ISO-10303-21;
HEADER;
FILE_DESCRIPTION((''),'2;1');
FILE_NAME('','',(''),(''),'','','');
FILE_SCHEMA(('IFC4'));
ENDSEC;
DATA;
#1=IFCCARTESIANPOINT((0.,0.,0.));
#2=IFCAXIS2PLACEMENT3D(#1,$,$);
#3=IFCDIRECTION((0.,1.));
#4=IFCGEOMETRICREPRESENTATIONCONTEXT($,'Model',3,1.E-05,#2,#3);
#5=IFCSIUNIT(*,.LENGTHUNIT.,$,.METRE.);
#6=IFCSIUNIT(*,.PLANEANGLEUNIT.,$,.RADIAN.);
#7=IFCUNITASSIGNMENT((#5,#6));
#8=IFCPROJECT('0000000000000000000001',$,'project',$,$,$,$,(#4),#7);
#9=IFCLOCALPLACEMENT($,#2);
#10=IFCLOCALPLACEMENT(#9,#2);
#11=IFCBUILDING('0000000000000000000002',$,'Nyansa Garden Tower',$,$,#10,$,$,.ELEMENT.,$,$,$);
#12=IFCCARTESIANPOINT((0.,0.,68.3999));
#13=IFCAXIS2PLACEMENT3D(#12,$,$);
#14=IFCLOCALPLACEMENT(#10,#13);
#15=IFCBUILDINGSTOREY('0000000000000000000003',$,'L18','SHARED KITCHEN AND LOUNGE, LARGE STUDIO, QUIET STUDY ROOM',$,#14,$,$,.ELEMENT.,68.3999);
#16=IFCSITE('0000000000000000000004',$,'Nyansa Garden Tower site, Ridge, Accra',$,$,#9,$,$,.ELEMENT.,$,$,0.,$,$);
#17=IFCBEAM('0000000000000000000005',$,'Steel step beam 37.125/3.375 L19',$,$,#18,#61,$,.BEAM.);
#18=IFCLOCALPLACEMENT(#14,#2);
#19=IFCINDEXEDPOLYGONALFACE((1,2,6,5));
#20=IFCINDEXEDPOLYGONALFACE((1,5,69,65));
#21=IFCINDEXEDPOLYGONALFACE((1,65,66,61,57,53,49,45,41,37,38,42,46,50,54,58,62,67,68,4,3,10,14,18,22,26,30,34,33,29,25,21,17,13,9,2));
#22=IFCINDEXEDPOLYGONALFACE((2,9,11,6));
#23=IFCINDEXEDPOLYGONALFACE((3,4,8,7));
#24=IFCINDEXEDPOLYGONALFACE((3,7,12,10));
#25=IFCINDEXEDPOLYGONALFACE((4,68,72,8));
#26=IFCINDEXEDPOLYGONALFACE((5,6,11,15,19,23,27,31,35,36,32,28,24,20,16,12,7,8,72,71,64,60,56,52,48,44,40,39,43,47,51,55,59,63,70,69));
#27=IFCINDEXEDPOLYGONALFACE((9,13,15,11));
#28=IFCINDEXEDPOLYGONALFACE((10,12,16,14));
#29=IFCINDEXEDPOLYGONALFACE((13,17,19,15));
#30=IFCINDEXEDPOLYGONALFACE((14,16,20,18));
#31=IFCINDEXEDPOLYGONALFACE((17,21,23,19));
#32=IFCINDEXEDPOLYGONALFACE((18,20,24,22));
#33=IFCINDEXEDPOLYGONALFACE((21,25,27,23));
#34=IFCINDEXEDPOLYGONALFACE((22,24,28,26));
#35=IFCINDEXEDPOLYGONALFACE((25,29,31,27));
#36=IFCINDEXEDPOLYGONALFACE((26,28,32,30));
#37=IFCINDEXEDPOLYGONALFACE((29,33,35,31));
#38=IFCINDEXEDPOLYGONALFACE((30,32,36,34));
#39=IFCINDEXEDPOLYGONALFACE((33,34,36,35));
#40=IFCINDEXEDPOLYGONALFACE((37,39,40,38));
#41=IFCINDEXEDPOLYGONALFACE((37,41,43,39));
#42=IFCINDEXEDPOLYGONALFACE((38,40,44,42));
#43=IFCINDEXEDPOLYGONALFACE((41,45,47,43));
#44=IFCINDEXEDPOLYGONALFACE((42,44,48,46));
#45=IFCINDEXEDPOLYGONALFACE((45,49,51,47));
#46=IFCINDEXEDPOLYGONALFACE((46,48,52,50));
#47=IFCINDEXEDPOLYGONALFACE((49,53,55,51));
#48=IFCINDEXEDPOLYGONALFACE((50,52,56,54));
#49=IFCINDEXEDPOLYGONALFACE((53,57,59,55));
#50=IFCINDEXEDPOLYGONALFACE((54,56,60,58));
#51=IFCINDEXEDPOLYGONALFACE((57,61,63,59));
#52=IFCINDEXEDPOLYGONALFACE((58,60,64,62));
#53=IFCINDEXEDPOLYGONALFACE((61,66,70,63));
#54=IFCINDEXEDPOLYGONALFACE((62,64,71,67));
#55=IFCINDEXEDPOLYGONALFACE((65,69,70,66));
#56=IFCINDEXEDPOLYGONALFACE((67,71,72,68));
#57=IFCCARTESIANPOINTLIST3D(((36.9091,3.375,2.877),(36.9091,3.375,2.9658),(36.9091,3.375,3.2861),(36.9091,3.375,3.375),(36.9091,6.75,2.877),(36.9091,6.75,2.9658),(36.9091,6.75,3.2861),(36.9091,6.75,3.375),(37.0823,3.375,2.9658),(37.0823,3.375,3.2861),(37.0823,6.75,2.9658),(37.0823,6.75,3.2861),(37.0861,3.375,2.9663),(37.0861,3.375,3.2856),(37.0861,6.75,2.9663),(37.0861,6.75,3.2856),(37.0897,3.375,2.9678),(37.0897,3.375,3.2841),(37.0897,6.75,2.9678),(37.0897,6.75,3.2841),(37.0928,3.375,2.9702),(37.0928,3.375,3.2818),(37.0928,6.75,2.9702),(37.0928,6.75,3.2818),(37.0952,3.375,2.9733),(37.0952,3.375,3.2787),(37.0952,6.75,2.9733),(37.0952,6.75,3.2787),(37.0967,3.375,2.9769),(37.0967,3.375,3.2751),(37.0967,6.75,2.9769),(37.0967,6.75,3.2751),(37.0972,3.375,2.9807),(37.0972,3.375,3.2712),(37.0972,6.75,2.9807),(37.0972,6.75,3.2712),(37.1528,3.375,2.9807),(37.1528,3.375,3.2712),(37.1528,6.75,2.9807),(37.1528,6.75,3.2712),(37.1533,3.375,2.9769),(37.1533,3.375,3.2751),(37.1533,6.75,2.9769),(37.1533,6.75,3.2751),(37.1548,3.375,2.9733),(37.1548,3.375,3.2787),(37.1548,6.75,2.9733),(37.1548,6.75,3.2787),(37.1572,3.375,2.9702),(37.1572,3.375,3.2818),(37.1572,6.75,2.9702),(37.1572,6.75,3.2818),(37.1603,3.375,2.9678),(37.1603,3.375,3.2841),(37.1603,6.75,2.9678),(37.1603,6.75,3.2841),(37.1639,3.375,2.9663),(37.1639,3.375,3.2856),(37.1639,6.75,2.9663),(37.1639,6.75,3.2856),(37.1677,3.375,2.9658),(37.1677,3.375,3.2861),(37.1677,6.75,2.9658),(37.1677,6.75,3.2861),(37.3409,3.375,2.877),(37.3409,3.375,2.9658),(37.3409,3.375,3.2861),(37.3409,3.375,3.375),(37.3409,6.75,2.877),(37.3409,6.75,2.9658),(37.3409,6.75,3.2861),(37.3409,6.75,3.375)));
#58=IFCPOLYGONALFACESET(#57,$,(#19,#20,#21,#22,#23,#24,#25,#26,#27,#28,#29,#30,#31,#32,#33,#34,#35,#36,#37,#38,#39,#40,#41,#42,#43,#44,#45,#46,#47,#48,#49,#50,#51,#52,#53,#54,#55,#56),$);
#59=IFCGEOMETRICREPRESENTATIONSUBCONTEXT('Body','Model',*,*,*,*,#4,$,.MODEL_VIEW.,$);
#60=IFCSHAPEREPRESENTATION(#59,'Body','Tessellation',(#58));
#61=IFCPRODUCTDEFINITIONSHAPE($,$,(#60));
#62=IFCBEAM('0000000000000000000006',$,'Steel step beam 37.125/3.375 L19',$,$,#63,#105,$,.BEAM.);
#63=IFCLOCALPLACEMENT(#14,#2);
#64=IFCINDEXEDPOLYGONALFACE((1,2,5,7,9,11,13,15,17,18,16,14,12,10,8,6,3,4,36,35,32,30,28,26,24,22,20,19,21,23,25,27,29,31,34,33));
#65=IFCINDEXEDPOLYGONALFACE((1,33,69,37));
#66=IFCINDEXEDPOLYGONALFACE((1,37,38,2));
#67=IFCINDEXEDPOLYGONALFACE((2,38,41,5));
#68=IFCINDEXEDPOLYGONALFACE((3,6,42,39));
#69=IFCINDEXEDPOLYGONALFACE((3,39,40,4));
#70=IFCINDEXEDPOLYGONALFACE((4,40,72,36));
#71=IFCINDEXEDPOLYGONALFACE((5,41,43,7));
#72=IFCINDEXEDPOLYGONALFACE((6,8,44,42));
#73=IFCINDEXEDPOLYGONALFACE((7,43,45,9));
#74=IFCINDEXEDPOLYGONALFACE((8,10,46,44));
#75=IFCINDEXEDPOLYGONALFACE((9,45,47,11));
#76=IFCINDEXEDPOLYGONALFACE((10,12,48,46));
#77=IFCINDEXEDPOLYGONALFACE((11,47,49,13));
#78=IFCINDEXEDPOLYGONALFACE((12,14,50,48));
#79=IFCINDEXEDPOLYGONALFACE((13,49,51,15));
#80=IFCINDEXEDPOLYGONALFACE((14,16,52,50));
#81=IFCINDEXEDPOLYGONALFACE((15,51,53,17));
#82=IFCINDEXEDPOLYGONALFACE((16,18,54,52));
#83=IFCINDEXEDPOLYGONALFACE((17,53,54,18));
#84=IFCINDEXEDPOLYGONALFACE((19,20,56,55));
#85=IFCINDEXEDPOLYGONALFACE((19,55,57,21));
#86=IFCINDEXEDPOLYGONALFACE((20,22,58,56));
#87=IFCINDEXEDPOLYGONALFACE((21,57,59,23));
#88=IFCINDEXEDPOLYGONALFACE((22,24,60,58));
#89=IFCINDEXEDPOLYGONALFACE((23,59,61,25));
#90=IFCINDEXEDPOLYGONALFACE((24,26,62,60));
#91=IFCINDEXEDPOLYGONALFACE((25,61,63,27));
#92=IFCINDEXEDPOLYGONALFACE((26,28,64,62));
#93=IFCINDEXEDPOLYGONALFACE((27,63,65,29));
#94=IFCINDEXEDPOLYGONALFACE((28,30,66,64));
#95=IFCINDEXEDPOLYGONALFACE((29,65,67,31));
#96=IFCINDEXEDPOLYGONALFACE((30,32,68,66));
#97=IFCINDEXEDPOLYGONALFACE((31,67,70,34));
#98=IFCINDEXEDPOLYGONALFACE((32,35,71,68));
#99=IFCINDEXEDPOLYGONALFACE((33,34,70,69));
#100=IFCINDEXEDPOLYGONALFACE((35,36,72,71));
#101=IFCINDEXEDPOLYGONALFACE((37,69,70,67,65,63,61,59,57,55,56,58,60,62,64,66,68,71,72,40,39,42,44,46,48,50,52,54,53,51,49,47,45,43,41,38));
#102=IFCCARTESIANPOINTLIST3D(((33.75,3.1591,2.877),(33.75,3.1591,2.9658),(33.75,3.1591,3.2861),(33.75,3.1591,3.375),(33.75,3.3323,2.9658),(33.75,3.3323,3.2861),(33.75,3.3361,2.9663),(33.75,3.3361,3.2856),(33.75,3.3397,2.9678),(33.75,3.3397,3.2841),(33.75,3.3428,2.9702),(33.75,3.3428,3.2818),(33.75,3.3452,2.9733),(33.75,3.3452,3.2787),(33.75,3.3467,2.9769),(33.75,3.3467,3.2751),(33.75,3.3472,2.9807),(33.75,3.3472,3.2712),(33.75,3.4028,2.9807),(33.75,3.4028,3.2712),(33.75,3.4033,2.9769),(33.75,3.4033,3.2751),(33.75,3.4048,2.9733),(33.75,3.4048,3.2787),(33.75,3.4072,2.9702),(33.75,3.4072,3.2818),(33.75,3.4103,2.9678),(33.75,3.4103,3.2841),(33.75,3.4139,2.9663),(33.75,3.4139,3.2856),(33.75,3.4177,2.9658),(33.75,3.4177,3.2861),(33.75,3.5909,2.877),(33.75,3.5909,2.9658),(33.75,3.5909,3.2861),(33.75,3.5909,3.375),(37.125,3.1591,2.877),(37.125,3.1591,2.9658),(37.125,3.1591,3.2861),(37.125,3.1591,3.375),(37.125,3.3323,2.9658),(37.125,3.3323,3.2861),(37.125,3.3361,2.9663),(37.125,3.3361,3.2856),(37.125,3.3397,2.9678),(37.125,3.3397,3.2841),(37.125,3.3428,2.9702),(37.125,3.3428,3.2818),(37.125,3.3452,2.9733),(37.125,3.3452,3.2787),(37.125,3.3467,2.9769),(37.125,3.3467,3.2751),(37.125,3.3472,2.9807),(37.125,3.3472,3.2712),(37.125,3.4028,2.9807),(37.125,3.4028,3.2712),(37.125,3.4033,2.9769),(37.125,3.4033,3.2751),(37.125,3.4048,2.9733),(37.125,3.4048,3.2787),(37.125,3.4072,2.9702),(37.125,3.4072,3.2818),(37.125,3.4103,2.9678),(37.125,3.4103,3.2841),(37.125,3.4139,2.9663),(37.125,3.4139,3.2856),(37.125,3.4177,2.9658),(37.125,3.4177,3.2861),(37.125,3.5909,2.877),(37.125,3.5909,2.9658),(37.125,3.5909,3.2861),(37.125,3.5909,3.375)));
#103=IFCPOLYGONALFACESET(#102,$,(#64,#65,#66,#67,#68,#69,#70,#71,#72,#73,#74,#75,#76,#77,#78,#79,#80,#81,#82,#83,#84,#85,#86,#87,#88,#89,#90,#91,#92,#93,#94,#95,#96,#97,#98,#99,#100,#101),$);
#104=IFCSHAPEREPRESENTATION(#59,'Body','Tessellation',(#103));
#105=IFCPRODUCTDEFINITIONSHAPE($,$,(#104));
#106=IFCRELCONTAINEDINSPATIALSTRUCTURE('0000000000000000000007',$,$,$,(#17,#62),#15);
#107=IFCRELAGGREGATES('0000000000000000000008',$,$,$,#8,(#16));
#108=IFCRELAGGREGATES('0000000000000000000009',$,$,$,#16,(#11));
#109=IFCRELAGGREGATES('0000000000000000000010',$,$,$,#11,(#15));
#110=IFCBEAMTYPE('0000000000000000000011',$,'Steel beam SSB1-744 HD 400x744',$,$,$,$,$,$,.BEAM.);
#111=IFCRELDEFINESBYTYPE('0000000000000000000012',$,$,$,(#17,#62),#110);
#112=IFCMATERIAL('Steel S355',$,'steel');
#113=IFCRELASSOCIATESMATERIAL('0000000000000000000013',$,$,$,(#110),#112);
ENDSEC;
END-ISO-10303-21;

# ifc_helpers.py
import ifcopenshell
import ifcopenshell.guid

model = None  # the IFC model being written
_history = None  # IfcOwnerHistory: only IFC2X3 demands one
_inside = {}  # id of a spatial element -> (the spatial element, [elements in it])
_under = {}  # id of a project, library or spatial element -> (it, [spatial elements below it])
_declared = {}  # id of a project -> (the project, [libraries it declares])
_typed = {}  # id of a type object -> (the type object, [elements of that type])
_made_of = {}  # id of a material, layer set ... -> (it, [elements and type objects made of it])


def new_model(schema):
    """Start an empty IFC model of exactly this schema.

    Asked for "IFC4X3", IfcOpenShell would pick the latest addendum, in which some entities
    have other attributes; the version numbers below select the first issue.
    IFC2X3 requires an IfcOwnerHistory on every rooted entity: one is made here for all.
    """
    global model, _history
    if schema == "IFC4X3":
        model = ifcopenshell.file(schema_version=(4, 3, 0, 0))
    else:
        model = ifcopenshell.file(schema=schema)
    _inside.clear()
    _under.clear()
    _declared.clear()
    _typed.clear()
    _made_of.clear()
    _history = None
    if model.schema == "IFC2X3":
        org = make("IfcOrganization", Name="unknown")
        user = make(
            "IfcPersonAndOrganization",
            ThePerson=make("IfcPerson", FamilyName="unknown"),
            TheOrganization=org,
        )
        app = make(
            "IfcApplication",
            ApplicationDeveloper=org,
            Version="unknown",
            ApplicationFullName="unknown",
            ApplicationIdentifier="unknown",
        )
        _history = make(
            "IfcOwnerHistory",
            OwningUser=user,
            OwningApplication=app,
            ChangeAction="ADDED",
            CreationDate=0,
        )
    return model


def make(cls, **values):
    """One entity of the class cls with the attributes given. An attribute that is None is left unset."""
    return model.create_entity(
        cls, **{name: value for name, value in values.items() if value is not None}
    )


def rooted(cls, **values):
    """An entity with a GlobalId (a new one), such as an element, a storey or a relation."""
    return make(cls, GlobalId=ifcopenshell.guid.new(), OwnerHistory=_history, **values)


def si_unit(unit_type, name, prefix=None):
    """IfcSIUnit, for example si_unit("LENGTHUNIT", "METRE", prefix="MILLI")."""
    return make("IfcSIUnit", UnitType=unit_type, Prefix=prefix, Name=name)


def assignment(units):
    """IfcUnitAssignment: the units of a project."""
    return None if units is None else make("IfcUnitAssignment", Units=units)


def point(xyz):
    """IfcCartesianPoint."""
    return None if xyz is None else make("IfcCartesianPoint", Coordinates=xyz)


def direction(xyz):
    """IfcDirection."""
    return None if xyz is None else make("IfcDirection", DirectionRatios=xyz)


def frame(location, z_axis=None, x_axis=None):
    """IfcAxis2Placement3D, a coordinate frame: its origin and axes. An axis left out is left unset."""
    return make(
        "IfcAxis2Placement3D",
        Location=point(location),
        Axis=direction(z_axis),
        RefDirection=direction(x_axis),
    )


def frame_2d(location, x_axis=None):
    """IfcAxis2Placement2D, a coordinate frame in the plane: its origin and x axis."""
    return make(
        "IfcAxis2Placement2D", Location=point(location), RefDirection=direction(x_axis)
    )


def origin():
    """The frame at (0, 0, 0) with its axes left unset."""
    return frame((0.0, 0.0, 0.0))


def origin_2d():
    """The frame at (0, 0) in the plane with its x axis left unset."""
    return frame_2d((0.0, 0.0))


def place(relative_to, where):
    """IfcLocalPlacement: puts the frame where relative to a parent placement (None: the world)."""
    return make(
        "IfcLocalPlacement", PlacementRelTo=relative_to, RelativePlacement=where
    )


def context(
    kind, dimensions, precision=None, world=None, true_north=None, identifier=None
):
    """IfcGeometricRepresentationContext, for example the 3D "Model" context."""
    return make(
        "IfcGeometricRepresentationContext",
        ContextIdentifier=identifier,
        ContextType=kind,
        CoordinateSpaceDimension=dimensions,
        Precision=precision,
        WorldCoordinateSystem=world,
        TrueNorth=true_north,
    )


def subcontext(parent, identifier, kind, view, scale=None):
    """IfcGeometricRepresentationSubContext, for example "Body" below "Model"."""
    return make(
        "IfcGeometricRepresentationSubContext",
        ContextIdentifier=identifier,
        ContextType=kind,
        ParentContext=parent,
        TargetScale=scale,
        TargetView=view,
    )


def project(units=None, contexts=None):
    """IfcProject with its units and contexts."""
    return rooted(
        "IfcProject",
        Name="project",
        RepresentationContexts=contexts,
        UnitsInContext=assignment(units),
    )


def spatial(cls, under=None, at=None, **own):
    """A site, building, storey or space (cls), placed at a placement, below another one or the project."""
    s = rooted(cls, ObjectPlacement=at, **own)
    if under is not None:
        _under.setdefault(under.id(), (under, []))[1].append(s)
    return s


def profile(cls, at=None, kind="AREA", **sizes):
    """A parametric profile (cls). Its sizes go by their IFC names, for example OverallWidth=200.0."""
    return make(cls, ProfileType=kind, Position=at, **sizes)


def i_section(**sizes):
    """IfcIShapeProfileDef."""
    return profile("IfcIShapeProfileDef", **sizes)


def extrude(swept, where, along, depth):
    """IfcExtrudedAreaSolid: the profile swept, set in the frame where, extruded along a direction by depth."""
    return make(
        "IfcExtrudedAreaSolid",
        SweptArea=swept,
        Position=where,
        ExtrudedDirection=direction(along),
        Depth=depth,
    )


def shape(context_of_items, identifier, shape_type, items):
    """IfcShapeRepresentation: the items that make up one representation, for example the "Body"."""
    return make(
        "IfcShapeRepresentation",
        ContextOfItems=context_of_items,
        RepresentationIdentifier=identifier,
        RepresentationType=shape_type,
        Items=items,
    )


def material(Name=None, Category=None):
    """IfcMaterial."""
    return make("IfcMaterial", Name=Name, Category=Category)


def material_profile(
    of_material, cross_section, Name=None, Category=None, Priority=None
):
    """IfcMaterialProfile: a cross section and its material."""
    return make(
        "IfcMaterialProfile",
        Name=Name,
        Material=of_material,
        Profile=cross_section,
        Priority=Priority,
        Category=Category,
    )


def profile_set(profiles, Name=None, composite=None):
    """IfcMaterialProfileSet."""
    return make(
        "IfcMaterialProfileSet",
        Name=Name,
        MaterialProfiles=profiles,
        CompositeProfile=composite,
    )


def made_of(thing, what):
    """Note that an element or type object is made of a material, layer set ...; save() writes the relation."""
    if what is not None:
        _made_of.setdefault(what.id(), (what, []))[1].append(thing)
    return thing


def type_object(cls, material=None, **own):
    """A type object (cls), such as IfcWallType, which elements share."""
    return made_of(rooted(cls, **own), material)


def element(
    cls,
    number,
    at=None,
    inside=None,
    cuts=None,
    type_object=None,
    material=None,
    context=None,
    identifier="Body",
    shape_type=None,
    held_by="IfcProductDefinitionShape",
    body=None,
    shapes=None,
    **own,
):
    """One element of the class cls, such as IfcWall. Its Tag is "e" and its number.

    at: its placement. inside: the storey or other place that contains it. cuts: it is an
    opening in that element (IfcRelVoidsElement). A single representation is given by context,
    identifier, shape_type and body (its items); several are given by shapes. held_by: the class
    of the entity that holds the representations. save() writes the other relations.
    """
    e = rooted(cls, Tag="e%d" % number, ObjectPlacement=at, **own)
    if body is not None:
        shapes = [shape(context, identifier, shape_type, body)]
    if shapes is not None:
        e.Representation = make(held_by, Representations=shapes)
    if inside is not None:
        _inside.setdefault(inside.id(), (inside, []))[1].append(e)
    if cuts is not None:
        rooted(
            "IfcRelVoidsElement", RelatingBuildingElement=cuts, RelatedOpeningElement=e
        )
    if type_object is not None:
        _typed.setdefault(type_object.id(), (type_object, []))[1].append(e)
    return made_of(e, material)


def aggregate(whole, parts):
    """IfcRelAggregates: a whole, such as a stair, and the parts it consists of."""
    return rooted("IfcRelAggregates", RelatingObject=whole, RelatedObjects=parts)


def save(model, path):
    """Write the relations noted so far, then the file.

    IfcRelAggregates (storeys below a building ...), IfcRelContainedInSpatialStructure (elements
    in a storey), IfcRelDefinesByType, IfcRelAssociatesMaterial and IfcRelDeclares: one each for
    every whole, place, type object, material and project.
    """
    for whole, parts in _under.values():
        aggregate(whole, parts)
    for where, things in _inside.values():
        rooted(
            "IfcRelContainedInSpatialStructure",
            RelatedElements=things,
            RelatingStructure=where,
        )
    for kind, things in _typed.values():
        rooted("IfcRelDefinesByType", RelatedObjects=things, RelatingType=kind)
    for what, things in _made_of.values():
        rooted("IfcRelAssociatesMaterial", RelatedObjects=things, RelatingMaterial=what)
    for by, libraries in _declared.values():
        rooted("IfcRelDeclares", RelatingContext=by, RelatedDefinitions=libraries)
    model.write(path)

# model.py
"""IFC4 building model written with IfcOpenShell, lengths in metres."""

from ifc_helpers import new_model, si_unit, direction, frame, origin, origin_2d, place, context, subcontext, project, spatial, i_section, extrude, material, material_profile, profile_set, type_object, element, save


model = new_model("IFC4")

# Units and contexts
model_context = context("Model", 3, precision=1e-05, world=origin(), true_north=direction((0.0, 1.0)))
body_context = subcontext(model_context, "Body", "Model", "MODEL_VIEW")
ifc_project = project(units=[si_unit("LENGTHUNIT", "METRE"), si_unit("PLANEANGLEUNIT", "RADIAN")], contexts=[model_context])

# Site, building, storey
site_placement = place(None, origin())
site = spatial("IfcSite", under=ifc_project, at=site_placement, Name="Nyansa Garden Tower site, Ridge, Accra", CompositionType="ELEMENT", RefElevation=0.0)
building_placement = place(site_placement, origin())
building = spatial("IfcBuilding", under=site, at=building_placement, Name="Nyansa Garden Tower", CompositionType="ELEMENT")
storey_placement = place(building_placement, frame((0.0, 0.0, 68.3999)))
storey = spatial("IfcBuildingStorey", under=building, at=storey_placement, Name="L18", Description="SHARED KITCHEN AND LOUNGE, LARGE STUDIO, QUIET STUDY ROOM", CompositionType="ELEMENT", Elevation=68.3999)

# Beams
ifc_material_1 = material(Name="Steel S355", Category="steel")
ifc_material_profile_1 = material_profile(ifc_material_1, i_section(OverallWidth=0.4319, OverallDepth=0.498, WebThickness=0.0557, FlangeThickness=0.0889, FilletRadius=0.0149, at=origin_2d()), Name="HD 400x744")
ifc_profile_set_1 = profile_set([ifc_material_profile_1], Name="Steel S355")
beam_type_1 = type_object("IfcBeamType", Name="Steel beam SSB1-744 HD 400x744", PredefinedType="BEAM", material=ifc_profile_set_1)
for number, where, z_axis, x_axis, name in (
    (1, (37.125, 3.375, 3.126), (0.0, 1.0, 0.0), (-1.0, 0.0, 0.0), "Steel step beam 37.125/3.375 L19"),
    (2, (37.125, 3.375, 3.126), (-1.0, 0.0, 0.0), (0.0, -1.0, 0.0), "Steel step beam 37.125/3.375 L19"),
):
    element("IfcBeam", number, at=place(storey_placement, frame(where, z_axis=z_axis, x_axis=x_axis)), inside=storey, type_object=beam_type_1, Name=name, PredefinedType="BEAM", context=body_context, shape_type="SweptSolid", body=[
        extrude(i_section(OverallWidth=0.4319, OverallDepth=0.498, WebThickness=0.0557, FlangeThickness=0.0889, FilletRadius=0.0149, at=origin_2d()), origin(), (0.0, 0.0, 1.0), 3.375),
    ])

save(model, "model.ifc")
